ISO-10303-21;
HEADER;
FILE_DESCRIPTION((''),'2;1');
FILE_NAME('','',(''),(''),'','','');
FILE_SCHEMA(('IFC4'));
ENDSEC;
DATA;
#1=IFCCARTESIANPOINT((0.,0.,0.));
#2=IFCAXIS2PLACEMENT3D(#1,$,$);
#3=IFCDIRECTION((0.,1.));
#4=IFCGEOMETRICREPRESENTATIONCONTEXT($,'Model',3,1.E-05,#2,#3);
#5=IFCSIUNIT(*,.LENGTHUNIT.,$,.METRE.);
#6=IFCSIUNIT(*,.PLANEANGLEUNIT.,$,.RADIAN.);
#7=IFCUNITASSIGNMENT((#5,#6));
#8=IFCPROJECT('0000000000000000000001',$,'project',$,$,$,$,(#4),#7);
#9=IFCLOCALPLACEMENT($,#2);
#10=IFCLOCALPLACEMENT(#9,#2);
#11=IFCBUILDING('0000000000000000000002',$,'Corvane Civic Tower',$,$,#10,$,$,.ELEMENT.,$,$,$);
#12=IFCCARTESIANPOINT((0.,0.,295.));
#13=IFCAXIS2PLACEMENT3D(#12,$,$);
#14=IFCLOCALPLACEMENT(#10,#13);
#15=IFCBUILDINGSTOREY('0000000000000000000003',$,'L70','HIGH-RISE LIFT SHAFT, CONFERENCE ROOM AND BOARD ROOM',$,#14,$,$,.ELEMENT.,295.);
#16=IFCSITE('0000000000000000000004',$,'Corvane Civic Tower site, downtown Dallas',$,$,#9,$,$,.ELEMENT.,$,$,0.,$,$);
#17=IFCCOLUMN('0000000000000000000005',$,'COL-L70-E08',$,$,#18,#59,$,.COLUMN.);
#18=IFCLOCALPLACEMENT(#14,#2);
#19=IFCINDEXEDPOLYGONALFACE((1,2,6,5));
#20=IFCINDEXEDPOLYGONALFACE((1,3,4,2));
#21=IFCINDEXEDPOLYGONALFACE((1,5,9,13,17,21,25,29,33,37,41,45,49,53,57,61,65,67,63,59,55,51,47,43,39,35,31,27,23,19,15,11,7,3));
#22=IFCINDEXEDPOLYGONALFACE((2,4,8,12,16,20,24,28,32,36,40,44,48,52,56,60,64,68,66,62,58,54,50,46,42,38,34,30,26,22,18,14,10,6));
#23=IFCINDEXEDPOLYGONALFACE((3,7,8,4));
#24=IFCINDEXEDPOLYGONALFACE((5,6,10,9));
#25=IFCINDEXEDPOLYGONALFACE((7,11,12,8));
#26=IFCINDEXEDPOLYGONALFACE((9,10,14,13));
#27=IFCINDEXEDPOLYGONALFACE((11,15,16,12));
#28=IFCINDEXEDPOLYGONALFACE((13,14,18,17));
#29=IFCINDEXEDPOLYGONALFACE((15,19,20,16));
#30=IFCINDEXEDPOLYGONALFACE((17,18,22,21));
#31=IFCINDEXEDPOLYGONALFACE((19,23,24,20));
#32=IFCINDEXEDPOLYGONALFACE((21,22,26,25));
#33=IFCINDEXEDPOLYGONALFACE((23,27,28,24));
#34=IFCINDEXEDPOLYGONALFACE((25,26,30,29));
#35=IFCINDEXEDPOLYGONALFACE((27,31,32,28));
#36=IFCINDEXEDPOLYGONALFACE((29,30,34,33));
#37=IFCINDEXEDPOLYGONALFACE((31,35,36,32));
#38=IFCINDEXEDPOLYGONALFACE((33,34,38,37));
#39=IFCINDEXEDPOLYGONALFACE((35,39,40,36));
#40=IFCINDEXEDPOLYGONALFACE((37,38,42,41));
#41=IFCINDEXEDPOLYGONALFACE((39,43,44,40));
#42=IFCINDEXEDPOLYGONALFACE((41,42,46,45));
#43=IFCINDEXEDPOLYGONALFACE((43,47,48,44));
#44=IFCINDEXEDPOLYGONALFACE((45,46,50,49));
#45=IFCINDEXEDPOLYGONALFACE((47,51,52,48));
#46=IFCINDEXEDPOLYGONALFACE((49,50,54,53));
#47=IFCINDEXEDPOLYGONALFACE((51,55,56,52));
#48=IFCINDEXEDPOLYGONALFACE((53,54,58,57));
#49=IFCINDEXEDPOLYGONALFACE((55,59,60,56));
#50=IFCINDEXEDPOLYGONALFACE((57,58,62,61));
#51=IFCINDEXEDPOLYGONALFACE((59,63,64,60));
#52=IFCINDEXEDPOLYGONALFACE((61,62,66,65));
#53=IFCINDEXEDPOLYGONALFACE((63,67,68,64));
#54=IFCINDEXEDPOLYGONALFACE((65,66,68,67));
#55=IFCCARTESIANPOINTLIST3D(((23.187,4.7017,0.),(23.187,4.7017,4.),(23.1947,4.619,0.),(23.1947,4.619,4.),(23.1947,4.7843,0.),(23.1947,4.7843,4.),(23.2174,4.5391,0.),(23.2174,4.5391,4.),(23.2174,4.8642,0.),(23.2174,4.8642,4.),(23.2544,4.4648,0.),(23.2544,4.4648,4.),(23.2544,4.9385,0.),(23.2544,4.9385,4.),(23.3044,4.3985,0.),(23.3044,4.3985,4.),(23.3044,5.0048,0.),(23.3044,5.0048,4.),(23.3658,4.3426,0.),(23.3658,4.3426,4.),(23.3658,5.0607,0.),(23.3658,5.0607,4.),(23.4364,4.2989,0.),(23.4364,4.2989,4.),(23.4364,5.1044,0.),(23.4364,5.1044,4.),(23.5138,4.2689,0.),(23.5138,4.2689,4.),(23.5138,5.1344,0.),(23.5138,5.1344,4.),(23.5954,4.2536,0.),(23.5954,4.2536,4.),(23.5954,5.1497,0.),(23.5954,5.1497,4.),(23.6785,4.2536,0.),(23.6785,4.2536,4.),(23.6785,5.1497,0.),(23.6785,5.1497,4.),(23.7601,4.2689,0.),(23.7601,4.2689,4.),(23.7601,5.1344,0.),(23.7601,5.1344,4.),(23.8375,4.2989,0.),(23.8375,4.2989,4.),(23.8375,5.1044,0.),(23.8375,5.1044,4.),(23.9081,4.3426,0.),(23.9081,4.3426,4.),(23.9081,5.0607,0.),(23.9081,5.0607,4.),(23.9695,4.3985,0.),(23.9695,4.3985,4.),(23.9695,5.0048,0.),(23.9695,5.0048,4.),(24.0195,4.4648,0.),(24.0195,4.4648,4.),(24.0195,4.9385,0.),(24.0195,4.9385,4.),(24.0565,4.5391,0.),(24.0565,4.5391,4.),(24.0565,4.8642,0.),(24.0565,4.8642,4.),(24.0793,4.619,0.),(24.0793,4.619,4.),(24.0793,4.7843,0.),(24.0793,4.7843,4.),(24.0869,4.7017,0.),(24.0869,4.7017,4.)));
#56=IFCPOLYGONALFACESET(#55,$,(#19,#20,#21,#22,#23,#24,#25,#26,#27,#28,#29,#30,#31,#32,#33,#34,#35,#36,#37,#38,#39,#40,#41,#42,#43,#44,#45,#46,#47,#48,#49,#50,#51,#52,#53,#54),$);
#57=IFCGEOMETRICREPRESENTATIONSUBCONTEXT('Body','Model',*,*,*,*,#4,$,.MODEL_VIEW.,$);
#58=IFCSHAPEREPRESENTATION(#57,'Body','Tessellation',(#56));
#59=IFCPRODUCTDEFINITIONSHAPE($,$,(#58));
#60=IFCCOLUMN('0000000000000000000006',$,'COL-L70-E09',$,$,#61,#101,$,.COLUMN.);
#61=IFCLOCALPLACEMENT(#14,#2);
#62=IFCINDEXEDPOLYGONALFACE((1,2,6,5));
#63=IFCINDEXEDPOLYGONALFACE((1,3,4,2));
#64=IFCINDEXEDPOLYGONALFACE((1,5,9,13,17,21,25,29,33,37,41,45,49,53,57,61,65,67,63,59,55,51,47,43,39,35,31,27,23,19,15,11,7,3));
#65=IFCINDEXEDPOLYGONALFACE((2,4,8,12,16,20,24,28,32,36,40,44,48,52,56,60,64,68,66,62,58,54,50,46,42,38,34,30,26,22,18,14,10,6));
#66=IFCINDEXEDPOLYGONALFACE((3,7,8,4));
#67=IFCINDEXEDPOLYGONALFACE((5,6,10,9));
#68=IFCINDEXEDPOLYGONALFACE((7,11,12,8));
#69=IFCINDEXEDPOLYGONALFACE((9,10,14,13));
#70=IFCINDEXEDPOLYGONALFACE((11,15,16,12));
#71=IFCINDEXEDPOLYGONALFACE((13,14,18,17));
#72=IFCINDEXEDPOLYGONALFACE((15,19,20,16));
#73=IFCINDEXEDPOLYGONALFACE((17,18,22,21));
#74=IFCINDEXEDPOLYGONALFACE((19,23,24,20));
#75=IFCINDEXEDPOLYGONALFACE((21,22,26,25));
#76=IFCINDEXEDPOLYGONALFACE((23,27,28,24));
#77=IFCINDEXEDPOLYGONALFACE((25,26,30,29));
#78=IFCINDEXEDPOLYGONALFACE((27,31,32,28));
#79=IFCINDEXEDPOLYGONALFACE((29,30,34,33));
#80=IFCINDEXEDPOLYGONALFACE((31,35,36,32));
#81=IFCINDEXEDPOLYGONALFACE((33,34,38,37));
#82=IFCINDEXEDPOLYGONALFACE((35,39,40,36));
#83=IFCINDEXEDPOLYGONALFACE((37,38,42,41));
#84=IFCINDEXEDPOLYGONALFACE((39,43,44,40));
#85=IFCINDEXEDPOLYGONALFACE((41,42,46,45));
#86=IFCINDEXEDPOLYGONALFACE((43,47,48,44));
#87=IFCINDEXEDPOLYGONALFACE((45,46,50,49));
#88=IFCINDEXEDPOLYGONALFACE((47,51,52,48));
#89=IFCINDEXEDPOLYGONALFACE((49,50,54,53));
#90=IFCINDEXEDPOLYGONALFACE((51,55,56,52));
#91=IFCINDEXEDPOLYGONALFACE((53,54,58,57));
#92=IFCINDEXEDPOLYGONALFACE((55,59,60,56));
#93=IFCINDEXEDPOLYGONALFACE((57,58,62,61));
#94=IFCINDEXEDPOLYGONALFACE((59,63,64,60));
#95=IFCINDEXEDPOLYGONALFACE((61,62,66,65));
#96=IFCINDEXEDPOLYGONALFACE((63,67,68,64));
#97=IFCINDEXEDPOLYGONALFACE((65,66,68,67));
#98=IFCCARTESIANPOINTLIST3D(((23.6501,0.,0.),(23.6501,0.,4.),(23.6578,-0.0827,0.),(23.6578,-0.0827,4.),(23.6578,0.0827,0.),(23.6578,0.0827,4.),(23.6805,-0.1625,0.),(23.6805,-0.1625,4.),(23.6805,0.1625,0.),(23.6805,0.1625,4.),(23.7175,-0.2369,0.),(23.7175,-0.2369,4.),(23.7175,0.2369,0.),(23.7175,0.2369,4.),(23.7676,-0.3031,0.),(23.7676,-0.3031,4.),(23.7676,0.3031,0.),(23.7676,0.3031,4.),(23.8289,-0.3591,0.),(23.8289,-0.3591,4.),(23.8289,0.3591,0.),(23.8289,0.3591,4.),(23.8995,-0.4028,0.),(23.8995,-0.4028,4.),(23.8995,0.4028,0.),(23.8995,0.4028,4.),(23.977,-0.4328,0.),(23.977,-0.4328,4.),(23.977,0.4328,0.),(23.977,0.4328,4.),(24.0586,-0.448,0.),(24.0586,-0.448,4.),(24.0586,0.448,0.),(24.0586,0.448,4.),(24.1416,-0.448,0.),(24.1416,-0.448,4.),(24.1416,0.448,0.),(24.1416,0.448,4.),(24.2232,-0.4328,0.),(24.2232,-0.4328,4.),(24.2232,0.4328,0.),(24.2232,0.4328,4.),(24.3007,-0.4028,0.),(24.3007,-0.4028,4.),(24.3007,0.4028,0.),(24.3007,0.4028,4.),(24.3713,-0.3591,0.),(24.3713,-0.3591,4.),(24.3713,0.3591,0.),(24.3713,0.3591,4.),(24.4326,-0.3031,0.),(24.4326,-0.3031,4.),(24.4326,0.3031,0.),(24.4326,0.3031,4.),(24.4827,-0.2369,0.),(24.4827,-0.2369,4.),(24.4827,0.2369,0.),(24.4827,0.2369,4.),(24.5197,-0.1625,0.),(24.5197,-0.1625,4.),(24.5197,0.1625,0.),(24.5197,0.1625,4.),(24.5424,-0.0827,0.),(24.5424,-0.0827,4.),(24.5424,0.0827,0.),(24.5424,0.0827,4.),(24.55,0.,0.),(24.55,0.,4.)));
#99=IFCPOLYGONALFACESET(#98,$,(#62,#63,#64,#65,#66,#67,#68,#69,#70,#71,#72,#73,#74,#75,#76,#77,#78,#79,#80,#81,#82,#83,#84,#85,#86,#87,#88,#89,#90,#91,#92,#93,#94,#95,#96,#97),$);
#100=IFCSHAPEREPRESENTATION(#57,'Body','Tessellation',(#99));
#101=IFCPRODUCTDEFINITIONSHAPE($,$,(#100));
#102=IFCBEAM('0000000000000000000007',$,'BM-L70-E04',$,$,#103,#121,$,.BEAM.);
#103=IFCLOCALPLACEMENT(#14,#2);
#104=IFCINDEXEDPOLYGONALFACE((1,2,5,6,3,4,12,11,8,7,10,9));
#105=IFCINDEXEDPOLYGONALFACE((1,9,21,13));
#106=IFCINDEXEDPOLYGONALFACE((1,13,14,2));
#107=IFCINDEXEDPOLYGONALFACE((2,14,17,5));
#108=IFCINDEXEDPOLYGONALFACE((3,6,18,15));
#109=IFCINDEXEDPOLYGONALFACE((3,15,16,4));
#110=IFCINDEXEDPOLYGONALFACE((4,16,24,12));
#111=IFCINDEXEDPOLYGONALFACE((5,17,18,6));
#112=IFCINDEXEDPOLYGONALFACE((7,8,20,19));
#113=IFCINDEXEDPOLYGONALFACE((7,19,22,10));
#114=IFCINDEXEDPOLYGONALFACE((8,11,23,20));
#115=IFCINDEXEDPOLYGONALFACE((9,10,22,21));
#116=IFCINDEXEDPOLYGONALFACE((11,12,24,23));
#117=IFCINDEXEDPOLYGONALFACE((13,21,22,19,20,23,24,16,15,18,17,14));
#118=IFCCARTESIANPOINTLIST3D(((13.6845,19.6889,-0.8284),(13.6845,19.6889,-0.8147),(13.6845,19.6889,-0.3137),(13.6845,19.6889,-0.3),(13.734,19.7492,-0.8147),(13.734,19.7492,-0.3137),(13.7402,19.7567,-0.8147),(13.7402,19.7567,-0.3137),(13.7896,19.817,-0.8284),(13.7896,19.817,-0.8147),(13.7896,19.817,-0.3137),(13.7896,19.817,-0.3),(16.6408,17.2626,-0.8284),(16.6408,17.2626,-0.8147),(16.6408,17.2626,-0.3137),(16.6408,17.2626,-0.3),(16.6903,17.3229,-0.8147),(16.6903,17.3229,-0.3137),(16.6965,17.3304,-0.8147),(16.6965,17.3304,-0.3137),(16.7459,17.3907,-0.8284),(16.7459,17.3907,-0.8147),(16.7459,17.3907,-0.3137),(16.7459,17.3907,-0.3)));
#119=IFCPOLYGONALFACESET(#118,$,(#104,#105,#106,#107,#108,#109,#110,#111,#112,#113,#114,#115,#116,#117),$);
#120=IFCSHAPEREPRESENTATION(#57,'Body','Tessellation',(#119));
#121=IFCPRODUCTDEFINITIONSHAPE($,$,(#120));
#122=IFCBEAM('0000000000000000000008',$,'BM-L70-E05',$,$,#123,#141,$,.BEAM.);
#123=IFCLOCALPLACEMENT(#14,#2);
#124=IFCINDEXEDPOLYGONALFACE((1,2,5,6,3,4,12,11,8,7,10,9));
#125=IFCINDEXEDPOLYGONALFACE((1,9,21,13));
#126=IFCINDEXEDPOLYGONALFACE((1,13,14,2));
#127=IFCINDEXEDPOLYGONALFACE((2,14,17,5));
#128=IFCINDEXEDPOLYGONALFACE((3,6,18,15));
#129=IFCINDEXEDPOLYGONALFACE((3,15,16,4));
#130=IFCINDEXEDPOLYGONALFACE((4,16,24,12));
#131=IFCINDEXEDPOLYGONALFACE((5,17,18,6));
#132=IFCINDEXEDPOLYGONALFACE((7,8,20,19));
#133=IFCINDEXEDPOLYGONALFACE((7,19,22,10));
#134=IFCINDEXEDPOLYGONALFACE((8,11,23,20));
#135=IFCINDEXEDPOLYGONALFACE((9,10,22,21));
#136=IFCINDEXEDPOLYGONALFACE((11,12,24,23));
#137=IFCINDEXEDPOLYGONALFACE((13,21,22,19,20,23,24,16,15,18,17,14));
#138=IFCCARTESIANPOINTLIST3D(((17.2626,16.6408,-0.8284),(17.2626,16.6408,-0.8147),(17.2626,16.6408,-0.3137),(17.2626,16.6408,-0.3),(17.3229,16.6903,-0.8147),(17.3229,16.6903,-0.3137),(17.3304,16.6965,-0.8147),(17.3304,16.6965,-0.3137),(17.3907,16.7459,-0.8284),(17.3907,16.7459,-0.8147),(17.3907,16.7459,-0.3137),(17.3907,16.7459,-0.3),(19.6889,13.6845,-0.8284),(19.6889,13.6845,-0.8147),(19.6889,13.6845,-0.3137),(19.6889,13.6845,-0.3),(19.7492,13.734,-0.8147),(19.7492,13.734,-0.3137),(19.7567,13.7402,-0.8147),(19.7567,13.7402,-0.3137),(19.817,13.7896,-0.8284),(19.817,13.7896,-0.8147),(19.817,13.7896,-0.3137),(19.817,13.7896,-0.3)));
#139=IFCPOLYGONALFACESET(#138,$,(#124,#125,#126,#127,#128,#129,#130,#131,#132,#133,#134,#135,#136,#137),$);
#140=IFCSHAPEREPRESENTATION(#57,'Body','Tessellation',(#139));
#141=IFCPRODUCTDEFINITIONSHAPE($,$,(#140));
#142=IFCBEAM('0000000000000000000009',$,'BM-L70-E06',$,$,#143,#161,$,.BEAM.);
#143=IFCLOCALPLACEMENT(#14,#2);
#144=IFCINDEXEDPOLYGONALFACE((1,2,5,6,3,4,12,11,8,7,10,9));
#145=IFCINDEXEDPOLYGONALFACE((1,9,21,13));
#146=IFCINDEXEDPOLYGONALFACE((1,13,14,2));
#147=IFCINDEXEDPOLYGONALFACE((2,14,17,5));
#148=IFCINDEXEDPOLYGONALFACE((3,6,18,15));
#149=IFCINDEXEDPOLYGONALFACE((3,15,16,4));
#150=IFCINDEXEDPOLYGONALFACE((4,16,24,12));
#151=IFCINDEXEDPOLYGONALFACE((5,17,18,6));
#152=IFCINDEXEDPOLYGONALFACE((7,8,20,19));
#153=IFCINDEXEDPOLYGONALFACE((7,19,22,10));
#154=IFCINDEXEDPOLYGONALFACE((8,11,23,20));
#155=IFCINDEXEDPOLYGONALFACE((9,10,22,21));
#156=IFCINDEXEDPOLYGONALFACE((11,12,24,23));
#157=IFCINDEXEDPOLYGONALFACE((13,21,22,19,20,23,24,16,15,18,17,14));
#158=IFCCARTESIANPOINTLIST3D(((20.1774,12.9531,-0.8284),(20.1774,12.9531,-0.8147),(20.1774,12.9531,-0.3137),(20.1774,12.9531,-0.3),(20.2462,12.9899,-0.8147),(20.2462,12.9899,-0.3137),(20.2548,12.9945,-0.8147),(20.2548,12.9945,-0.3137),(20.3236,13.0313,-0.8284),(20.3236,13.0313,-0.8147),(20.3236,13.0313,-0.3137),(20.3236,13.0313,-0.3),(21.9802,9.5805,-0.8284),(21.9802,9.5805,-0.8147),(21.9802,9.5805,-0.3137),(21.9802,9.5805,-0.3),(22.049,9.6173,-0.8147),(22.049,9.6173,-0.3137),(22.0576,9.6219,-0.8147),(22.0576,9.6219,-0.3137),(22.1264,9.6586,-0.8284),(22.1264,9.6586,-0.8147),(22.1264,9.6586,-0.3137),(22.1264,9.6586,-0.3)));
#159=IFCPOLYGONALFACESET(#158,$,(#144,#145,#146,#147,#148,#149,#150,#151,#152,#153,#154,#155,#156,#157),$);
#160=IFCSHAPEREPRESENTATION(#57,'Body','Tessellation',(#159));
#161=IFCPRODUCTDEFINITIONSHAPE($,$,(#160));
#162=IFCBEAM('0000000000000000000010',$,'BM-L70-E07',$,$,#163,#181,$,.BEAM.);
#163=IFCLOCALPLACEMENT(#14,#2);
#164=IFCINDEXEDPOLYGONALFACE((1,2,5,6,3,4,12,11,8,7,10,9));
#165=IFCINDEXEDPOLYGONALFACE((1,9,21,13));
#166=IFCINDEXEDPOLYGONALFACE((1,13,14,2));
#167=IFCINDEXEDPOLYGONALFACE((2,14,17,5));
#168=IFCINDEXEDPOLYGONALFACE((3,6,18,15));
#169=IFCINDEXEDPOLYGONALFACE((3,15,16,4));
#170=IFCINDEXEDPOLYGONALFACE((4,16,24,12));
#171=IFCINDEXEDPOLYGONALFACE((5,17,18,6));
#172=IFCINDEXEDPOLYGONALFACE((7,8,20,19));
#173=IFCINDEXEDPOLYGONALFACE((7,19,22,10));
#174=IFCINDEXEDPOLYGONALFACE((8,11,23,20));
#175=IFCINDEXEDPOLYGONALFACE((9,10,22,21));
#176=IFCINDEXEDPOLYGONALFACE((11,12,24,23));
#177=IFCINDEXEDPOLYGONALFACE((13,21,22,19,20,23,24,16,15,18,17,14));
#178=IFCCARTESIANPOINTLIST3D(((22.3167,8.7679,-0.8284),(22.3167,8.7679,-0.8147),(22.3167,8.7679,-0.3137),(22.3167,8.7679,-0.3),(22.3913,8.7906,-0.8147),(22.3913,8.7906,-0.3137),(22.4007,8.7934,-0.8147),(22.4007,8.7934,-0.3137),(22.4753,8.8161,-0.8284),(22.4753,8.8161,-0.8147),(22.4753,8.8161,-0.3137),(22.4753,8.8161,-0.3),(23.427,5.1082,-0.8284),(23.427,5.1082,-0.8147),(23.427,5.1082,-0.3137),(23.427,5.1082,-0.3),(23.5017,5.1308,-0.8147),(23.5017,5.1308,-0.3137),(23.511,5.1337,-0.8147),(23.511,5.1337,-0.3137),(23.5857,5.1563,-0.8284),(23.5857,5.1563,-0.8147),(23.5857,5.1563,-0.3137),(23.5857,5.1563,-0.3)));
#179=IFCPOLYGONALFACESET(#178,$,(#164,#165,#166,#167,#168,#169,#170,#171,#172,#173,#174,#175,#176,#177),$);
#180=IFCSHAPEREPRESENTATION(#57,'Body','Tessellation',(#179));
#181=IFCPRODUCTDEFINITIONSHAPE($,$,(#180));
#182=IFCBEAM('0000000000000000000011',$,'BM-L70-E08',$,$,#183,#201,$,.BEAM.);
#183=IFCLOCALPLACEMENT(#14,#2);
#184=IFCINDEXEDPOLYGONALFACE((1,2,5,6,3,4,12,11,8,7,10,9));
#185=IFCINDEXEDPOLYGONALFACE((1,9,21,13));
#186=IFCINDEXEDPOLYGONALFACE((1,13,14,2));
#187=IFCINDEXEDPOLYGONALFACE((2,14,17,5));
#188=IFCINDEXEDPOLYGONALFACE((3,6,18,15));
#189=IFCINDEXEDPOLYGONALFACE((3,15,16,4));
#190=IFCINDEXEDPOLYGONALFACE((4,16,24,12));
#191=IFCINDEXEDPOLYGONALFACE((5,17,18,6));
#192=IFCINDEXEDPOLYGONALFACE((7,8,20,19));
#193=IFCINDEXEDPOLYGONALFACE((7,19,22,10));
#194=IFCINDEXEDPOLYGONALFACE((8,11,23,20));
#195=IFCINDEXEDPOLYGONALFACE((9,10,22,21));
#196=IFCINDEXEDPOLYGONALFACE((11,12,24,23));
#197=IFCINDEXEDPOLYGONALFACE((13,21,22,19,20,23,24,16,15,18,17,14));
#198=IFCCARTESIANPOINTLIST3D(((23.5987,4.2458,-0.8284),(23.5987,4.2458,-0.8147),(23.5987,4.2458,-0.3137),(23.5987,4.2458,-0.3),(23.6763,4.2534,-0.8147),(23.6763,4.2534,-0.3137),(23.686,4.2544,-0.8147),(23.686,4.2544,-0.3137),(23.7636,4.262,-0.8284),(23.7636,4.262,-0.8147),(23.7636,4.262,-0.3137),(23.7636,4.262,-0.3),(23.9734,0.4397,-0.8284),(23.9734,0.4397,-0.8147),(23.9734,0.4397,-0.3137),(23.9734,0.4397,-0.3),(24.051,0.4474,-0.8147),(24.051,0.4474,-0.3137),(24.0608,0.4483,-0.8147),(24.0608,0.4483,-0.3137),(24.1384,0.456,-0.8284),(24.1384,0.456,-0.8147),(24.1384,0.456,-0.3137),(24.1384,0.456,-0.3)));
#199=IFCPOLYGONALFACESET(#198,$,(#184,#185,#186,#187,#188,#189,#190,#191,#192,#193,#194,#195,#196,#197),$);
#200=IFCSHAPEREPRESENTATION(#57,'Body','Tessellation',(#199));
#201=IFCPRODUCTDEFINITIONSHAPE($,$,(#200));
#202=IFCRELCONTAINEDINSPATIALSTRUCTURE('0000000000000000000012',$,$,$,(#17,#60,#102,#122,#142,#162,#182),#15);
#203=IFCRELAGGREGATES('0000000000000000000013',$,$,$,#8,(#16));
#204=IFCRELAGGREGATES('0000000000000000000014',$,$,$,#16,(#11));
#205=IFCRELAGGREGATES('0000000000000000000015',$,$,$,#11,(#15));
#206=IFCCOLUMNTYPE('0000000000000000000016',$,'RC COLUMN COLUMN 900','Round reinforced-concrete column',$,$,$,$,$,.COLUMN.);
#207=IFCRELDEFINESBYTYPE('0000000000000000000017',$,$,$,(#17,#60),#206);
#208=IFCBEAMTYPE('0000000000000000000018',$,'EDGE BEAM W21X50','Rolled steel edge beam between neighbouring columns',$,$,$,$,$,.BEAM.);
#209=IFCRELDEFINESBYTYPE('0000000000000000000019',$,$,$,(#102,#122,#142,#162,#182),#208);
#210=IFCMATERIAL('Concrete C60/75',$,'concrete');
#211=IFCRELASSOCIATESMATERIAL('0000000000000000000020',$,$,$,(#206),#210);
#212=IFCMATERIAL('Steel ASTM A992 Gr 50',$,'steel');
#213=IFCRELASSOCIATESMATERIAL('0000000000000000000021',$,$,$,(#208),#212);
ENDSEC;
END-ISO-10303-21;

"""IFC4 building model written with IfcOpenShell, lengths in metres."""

from ifc_helpers import new_model, si_unit, direction, frame, origin, origin_2d, place, context, subcontext, project, spatial, circle, i_section, extrude, material, material_profile, profile_set, type_object, element, save


model = new_model("IFC4")

# Units and contexts
model_context = context("Model", 3, precision=1e-05, world=origin(), true_north=direction((0.0, 1.0)))
body_context = subcontext(model_context, "Body", "Model", "MODEL_VIEW")
ifc_project = project(units=[si_unit("LENGTHUNIT", "METRE"), si_unit("PLANEANGLEUNIT", "RADIAN")], contexts=[model_context])

# Site, building, storey
site_placement = place(None, origin())
site = spatial("IfcSite", under=ifc_project, at=site_placement, Name="Corvane Civic Tower site, downtown Dallas", CompositionType="ELEMENT", RefElevation=0.0)
building_placement = place(site_placement, origin())
building = spatial("IfcBuilding", under=site, at=building_placement, Name="Corvane Civic Tower", CompositionType="ELEMENT")
storey_placement = place(building_placement, frame((0.0, 0.0, 295.0)))
storey = spatial("IfcBuildingStorey", under=building, at=storey_placement, Name="L70", Description="HIGH-RISE LIFT SHAFT, CONFERENCE ROOM AND BOARD ROOM", CompositionType="ELEMENT", Elevation=295.0)

# Columns
ifc_material_1 = material(Name="Concrete C60/75", Category="concrete")
ifc_material_profile_1 = material_profile(ifc_material_1, circle(Radius=0.45, at=origin_2d()), Name="COLUMN 900")
ifc_profile_set_1 = profile_set([ifc_material_profile_1], Name="Concrete C60/75")
column_type = type_object("IfcColumnType", Name="RC COLUMN COLUMN 900", Description="Round reinforced-concrete column", PredefinedType="COLUMN", material=ifc_profile_set_1)
for number, where, z_axis, x_axis, name in (
    (1, (23.637, 4.7017, 0.0), (0.0, 0.0, 1.0), (1.0, 0.0, 0.0), "COL-L70-E08"),
    (2, (24.1001, 0.0, 0.0), (0.0, 0.0, 1.0), (1.0, 0.0, 0.0), "COL-L70-E09"),
):
    element("IfcColumn", number, at=place(storey_placement, frame(where, z_axis=z_axis, x_axis=x_axis)), inside=storey, type_object=column_type, Name=name, PredefinedType="COLUMN", context=body_context, shape_type="SweptSolid", body=[
        extrude(circle(Radius=0.45, at=origin_2d()), origin(), (0.0, 0.0, 1.0), 4.0),
    ])

# Beams
ifc_material_2 = material(Name="Steel ASTM A992 Gr 50", Category="steel")
ifc_material_profile_2 = material_profile(ifc_material_2, i_section(OverallWidth=0.1658, OverallDepth=0.5283, WebThickness=0.0098, FlangeThickness=0.0137, at=origin_2d()), Name="W21X50")
ifc_profile_set_2 = profile_set([ifc_material_profile_2], Name="Steel ASTM A992 Gr 50")
beam_type_1 = type_object("IfcBeamType", Name="EDGE BEAM W21X50", Description="Rolled steel edge beam between neighbouring columns", PredefinedType="BEAM", material=ifc_profile_set_2)
for number, where, z_axis, x_axis, name in (
    (3, (13.7371, 19.7529, -0.5642), (0.772998, -0.634409, 0.0), (0.634409, 0.772998, 0.0), "BM-L70-E04"),
    (4, (17.3267, 16.6934, -0.5642), (0.634409, -0.772998, 0.0), (0.772998, 0.634409, 0.0), "BM-L70-E05"),
):
    element("IfcBeam", number, at=place(storey_placement, frame(where, z_axis=z_axis, x_axis=x_axis)), inside=storey, type_object=beam_type_1, Name=name, PredefinedType="BEAM", context=body_context, shape_type="SweptSolid", body=[
        extrude(i_section(OverallWidth=0.1658, OverallDepth=0.5283, WebThickness=0.0098, FlangeThickness=0.0137, at=origin_2d()), origin(), (0.0, 0.0, 1.0), 3.8245),
    ])
beam_1_placement = place(storey_placement, frame((20.2505, 12.9922, -0.5642), z_axis=(0.47141, -0.881914, 0.0), x_axis=(0.881914, 0.47141, 0.0)))
element("IfcBeam", 5, at=beam_1_placement, inside=storey, type_object=beam_type_1, Name="BM-L70-E06", PredefinedType="BEAM", context=body_context, shape_type="SweptSolid", body=[
    extrude(i_section(OverallWidth=0.1658, OverallDepth=0.5283, WebThickness=0.0098, FlangeThickness=0.0137, at=origin_2d()), origin(), (0.0, 0.0, 1.0), 3.8242),
])
for number, where, z_axis, x_axis, name in (
    (6, (22.396, 8.792, -0.5642), (0.290333, -0.956926, 0.0), (0.956926, 0.290333, 0.0), "BM-L70-E07"),
    (7, (23.6812, 4.2539, -0.5642), (0.097987, -0.995188, 0.0), (0.995188, 0.097987, 0.0), "BM-L70-E08"),
):
    element("IfcBeam", number, at=place(storey_placement, frame(where, z_axis=z_axis, x_axis=x_axis)), inside=storey, type_object=beam_type_1, Name=name, PredefinedType="BEAM", context=body_context, shape_type="SweptSolid", body=[
        extrude(i_section(OverallWidth=0.1658, OverallDepth=0.5283, WebThickness=0.0098, FlangeThickness=0.0137, at=origin_2d()), origin(), (0.0, 0.0, 1.0), 3.8245),
    ])

save(model, "model.ifc")
